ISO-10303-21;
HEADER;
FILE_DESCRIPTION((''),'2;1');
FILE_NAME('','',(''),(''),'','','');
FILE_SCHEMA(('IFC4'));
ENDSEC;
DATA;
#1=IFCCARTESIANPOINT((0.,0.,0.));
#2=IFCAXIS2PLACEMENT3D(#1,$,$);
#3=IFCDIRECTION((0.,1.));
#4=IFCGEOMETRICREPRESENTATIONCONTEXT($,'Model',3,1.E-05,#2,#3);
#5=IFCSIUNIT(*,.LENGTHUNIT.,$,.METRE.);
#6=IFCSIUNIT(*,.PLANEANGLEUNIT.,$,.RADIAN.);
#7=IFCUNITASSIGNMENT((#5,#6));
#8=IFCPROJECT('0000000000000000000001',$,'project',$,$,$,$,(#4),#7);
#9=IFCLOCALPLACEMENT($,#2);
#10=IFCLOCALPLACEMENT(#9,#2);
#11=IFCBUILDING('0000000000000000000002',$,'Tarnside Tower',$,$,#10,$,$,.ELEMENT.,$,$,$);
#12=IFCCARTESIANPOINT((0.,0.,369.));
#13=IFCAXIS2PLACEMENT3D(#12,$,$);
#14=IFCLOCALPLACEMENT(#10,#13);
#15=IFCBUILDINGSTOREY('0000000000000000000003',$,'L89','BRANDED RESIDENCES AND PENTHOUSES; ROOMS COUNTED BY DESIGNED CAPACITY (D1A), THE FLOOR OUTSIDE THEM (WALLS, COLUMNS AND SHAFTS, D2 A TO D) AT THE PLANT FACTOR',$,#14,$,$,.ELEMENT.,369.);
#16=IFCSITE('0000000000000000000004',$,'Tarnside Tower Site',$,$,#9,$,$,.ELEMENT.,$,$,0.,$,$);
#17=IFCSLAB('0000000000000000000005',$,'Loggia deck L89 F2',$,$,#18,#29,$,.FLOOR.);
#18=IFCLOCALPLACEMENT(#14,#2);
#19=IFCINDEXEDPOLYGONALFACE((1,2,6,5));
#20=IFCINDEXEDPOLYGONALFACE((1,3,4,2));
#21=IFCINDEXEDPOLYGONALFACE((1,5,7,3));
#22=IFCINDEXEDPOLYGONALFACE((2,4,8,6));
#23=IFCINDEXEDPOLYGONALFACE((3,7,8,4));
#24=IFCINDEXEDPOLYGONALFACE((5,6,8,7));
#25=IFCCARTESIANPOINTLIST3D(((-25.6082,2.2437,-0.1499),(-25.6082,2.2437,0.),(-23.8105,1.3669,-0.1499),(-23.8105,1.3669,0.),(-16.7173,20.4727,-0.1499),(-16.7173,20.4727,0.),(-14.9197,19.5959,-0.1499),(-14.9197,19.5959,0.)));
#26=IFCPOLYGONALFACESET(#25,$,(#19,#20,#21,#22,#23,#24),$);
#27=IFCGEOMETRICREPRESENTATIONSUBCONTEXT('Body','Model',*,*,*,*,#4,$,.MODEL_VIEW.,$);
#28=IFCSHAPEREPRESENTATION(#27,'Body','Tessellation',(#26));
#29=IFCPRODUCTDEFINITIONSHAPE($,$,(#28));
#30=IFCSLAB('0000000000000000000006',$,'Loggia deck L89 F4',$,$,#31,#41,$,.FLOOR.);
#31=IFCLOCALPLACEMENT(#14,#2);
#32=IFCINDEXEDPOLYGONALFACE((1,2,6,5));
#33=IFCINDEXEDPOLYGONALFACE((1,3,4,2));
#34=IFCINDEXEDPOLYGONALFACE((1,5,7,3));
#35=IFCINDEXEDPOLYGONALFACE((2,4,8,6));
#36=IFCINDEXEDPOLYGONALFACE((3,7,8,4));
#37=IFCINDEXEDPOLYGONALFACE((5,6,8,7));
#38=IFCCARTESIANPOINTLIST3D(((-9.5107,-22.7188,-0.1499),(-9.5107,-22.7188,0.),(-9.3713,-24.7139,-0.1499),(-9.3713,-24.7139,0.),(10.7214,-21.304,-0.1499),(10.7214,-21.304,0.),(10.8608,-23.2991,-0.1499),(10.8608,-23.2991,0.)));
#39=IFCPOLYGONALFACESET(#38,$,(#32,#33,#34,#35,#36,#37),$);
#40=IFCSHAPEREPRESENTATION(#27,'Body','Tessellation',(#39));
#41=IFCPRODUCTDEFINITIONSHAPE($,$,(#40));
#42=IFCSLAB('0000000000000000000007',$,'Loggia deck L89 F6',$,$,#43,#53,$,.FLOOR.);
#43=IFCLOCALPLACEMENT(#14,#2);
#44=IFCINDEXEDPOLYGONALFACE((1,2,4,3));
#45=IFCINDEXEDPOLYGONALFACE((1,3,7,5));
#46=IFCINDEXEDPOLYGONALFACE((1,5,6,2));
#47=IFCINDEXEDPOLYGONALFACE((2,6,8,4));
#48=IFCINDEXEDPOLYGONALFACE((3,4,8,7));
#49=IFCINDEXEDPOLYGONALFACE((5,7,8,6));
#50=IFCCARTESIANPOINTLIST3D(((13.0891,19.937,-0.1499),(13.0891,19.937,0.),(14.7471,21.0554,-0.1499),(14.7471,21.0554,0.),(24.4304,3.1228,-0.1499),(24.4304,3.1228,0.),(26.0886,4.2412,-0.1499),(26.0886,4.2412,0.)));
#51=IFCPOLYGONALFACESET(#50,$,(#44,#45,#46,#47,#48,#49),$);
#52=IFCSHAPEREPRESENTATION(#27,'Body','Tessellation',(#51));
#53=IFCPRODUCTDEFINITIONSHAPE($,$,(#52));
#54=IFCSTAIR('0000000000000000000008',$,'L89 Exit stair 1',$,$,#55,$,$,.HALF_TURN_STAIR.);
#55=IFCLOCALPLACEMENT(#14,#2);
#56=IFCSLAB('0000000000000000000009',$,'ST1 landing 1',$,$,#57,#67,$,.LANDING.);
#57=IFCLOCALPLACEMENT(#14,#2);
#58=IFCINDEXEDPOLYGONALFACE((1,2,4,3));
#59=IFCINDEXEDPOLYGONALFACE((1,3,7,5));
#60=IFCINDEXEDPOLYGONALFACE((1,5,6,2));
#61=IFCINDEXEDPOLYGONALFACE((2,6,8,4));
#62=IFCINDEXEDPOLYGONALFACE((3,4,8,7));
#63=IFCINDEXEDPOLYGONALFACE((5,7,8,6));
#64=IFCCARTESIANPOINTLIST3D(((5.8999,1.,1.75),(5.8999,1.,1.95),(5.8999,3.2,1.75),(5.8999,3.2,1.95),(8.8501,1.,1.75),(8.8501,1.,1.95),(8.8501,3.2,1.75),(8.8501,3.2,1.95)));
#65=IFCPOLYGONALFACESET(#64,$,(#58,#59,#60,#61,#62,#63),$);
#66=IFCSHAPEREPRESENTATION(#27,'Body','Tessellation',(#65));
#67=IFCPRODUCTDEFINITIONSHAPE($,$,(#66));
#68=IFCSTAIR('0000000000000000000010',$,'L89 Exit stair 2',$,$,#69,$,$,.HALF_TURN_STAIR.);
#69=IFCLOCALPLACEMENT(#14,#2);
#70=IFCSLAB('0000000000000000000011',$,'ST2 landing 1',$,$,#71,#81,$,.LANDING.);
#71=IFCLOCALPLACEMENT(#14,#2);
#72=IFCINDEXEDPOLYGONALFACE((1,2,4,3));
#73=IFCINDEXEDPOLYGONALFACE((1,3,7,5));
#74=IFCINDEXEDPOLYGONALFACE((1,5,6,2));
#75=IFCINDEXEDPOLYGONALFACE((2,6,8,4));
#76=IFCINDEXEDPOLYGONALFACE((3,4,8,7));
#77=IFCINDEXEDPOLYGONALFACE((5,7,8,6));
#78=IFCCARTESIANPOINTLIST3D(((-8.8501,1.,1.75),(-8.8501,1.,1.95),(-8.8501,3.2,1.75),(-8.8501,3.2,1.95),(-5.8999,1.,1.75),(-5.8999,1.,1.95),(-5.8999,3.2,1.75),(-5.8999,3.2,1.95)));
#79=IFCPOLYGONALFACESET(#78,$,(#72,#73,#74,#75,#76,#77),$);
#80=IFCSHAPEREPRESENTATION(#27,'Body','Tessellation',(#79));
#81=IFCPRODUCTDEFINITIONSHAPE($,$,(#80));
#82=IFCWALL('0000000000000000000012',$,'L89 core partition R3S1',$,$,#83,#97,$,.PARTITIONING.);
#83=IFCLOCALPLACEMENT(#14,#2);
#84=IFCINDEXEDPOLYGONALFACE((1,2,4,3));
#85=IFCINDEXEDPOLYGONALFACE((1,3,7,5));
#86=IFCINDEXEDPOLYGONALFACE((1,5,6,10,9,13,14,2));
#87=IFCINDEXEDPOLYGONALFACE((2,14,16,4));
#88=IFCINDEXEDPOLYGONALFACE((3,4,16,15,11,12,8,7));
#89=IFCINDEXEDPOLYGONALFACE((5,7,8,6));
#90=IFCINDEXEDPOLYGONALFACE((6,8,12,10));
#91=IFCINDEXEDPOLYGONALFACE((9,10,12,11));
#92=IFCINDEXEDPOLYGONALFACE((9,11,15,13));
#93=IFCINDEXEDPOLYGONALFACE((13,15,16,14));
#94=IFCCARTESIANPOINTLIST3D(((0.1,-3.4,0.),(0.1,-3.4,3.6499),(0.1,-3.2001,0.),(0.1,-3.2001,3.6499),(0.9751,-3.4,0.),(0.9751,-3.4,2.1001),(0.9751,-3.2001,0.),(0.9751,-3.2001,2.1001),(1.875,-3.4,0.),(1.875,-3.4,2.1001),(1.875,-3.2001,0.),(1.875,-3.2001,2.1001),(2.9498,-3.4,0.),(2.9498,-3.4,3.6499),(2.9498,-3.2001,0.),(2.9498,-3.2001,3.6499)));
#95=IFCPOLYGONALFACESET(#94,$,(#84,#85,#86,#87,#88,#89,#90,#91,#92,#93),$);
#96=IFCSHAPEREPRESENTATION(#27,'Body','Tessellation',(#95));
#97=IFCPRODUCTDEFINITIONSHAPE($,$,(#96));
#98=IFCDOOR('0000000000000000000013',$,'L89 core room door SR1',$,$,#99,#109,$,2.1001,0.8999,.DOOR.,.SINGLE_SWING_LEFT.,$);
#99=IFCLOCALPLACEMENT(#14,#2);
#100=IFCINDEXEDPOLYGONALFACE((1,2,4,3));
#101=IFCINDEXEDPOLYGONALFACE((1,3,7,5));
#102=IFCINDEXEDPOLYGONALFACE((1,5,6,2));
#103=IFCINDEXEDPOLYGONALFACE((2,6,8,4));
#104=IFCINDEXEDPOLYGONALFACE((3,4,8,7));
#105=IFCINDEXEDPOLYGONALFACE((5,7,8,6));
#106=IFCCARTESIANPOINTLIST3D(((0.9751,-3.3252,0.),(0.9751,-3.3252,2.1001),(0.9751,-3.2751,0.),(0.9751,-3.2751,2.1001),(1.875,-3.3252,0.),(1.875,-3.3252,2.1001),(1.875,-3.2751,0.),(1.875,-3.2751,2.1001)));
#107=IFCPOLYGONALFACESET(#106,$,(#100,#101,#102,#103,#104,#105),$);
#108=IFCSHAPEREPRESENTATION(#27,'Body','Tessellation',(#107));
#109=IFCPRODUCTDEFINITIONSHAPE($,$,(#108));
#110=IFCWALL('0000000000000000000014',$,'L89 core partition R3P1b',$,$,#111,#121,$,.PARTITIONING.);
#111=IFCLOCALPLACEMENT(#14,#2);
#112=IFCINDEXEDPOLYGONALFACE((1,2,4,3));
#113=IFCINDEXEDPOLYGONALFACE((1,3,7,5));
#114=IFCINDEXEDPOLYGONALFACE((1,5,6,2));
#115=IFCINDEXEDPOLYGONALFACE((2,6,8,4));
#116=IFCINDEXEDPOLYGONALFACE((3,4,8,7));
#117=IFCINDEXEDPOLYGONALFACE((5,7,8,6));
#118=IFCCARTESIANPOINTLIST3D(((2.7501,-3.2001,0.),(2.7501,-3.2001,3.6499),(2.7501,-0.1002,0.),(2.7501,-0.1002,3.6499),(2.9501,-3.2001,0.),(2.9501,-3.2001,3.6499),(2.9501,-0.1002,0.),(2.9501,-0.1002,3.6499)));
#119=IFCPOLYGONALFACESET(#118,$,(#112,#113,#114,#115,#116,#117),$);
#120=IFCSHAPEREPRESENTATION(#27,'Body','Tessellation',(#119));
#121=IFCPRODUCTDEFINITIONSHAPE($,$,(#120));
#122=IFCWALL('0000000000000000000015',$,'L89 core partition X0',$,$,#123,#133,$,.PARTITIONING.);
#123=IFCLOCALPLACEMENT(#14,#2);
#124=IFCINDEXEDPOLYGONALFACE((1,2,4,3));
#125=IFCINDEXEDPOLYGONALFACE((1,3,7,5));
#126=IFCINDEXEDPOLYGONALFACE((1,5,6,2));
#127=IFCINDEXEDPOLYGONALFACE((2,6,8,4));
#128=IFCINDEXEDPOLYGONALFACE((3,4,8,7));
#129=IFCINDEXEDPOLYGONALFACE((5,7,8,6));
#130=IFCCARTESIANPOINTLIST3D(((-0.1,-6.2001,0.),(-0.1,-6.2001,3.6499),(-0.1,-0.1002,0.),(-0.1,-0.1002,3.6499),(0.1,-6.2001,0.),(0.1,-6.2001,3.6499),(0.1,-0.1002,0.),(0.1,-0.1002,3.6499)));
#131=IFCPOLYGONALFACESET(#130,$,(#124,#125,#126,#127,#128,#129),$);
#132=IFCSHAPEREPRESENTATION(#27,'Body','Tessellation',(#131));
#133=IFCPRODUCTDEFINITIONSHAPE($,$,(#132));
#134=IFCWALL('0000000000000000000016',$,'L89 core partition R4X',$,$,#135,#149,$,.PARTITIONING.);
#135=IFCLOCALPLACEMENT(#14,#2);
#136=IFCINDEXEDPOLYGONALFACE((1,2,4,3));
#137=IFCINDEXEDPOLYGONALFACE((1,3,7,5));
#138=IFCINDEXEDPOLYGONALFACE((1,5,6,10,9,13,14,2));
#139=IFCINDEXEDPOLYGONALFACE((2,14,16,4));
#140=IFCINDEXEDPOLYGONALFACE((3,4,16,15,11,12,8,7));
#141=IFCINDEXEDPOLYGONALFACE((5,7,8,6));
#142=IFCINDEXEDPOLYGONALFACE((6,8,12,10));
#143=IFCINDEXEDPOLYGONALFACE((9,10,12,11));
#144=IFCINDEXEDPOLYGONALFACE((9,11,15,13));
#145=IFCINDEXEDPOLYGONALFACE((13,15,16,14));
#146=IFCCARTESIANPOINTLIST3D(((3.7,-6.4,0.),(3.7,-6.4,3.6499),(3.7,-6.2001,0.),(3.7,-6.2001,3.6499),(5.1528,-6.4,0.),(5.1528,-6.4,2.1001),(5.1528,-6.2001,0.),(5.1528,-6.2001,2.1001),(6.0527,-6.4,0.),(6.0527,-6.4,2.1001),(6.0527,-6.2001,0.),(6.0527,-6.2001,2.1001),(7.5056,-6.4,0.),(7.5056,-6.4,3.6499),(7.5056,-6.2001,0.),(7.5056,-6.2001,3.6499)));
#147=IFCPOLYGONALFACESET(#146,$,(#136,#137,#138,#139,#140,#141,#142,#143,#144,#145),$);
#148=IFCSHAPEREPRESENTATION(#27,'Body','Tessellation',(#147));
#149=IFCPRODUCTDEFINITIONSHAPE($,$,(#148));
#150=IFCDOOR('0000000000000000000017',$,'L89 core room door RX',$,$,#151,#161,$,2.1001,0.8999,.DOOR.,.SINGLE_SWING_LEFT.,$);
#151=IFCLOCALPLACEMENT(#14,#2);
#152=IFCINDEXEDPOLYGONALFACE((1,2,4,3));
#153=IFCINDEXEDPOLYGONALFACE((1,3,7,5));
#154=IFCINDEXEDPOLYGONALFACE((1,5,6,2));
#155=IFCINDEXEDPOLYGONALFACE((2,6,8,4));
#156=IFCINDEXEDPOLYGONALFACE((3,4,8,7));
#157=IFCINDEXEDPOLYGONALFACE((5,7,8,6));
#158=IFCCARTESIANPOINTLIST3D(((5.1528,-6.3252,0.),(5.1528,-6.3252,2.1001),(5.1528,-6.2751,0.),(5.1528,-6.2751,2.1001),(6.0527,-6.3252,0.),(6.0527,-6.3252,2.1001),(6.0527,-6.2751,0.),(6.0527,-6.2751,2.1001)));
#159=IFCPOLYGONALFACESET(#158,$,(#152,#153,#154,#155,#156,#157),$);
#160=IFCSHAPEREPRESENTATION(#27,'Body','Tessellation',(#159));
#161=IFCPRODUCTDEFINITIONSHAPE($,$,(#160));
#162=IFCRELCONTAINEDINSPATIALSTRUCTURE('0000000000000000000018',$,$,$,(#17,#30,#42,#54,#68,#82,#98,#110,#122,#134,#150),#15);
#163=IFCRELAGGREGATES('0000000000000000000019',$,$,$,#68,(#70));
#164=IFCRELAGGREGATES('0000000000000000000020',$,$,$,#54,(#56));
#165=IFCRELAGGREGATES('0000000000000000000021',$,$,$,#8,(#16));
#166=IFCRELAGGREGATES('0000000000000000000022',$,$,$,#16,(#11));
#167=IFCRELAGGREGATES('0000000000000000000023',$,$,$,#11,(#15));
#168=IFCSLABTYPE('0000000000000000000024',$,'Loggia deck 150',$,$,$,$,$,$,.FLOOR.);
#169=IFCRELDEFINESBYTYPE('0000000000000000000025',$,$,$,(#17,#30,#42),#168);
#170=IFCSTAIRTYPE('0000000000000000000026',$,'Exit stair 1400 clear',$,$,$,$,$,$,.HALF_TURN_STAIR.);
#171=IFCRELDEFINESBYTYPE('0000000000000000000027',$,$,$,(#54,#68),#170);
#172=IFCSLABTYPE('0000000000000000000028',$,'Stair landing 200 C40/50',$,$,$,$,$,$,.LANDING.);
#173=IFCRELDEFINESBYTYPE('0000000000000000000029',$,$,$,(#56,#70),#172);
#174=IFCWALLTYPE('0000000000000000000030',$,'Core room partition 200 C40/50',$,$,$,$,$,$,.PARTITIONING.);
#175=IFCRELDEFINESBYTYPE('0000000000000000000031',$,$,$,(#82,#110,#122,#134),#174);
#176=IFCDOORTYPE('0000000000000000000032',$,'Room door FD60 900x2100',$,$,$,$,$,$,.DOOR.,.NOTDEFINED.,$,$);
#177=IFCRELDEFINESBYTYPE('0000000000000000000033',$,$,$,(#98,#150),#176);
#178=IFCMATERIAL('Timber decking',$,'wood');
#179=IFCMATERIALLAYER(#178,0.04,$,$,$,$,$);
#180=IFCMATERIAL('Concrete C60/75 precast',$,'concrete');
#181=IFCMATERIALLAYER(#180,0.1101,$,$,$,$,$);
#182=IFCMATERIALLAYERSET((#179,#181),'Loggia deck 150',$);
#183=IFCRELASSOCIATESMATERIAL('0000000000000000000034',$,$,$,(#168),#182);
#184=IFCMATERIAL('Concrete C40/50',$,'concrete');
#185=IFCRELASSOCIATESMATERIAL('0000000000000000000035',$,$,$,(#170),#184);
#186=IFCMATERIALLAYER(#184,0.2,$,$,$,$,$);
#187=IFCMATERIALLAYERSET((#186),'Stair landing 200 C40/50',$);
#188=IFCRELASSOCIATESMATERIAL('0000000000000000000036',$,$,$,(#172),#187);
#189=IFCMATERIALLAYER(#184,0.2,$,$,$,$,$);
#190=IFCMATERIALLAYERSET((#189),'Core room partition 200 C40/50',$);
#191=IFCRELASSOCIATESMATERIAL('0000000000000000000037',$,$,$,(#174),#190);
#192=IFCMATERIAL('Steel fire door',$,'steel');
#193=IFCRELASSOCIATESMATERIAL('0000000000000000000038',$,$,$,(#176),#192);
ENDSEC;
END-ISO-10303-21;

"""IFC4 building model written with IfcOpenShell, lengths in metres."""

from ifc_helpers import new_model, si_unit, direction, frame, frame_2d, origin, place, context, subcontext, project, spatial, polyline, rectangle, outline, extrude, material, layer, layer_set, type_object, element, fill, aggregate, save


model = new_model("IFC4")

# Units and contexts
model_context = context("Model", 3, precision=1e-05, world=origin(), true_north=direction((0.0, 1.0)))
body_context = subcontext(model_context, "Body", "Model", "MODEL_VIEW")
ifc_project = project(units=[si_unit("LENGTHUNIT", "METRE"), si_unit("PLANEANGLEUNIT", "RADIAN")], contexts=[model_context])

# Site, building, storey
site_placement = place(None, origin())
site = spatial("IfcSite", under=ifc_project, at=site_placement, Name="Tarnside Tower Site", CompositionType="ELEMENT", RefElevation=0.0)
building_placement = place(site_placement, origin())
building = spatial("IfcBuilding", under=site, at=building_placement, Name="Tarnside Tower", CompositionType="ELEMENT")
storey_placement = place(building_placement, frame((0.0, 0.0, 369.0)))
storey = spatial("IfcBuildingStorey", under=building, at=storey_placement, Name="L89", Description="BRANDED RESIDENCES AND PENTHOUSES; ROOMS COUNTED BY DESIGNED CAPACITY (D1A), THE FLOOR OUTSIDE THEM (WALLS, COLUMNS AND SHAFTS, D2 A TO D) AT THE PLANT FACTOR", CompositionType="ELEMENT", Elevation=369.0)

# Slabs
ifc_material_1 = material(Name="Timber decking", Category="wood")
ifc_layer_1 = layer(ifc_material_1, 0.04)
ifc_material_2 = material(Name="Concrete C60/75 precast", Category="concrete")
ifc_layer_2 = layer(ifc_material_2, 0.1101)
ifc_layer_set_1 = layer_set([ifc_layer_1, ifc_layer_2], Name="Loggia deck 150")
slab_type_1 = type_object("IfcSlabType", Name="Loggia deck 150", PredefinedType="FLOOR", material=ifc_layer_set_1)
slab_1_placement = place(storey_placement, frame((0.0, 0.0, -0.1499)))
element("IfcSlab", 1, at=slab_1_placement, inside=storey, type_object=slab_type_1, Name="Loggia deck L89 F2", PredefinedType="FLOOR", context=body_context, shape_type="SweptSolid", body=[
    extrude(outline(polyline([(-14.9197, 19.5959), (-23.8105, 1.3669), (-25.6082, 2.2437), (-16.7173, 20.4727), (-14.9197, 19.5959)])), origin(), (0.0, 0.0, 1.0), 0.1499),
])
slab_2_placement = place(storey_placement, frame((0.0, 0.0, -0.1499)))
element("IfcSlab", 2, at=slab_2_placement, inside=storey, type_object=slab_type_1, Name="Loggia deck L89 F4", PredefinedType="FLOOR", context=body_context, shape_type="SweptSolid", body=[
    extrude(outline(polyline([(-9.5107, -22.7188), (10.7214, -21.304), (10.8608, -23.2991), (-9.3713, -24.7139), (-9.5107, -22.7188)])), origin(), (0.0, 0.0, 1.0), 0.1499),
])
slab_3_placement = place(storey_placement, frame((0.0, 0.0, -0.1499)))
element("IfcSlab", 3, at=slab_3_placement, inside=storey, type_object=slab_type_1, Name="Loggia deck L89 F6", PredefinedType="FLOOR", context=body_context, shape_type="SweptSolid", body=[
    extrude(outline(polyline([(24.4304, 3.1228), (13.0891, 19.937), (14.7471, 21.0554), (26.0886, 4.2412), (24.4304, 3.1228)])), origin(), (0.0, 0.0, 1.0), 0.1499),
])

# Stairs, slabs
ifc_material_3 = material(Name="Concrete C40/50", Category="concrete")
stair_type = type_object("IfcStairType", Name="Exit stair 1400 clear", PredefinedType="HALF_TURN_STAIR", material=ifc_material_3)
stair_1_placement = place(storey_placement, origin())
stair_1 = element("IfcStair", 4, at=stair_1_placement, inside=storey, type_object=stair_type, Name="L89 Exit stair 1", PredefinedType="HALF_TURN_STAIR")
ifc_layer_3 = layer(ifc_material_3, 0.2)
ifc_layer_set_2 = layer_set([ifc_layer_3], Name="Stair landing 200 C40/50")
slab_type_2 = type_object("IfcSlabType", Name="Stair landing 200 C40/50", PredefinedType="LANDING", material=ifc_layer_set_2)
slab_4_placement = place(storey_placement, frame((0.0, 0.0, 1.75)))
slab_4 = element("IfcSlab", 5, at=slab_4_placement, type_object=slab_type_2, Name="ST1 landing 1", PredefinedType="LANDING", context=body_context, shape_type="SweptSolid", body=[
    extrude(outline(polyline([(8.8501, 1.0), (8.8501, 3.2), (5.8999, 3.2), (5.8999, 1.0), (8.8501, 1.0)])), origin(), (0.0, 0.0, 1.0), 0.2),
])
stair_2_placement = place(storey_placement, origin())
stair_2 = element("IfcStair", 6, at=stair_2_placement, inside=storey, type_object=stair_type, Name="L89 Exit stair 2", PredefinedType="HALF_TURN_STAIR")
slab_5_placement = place(storey_placement, frame((0.0, 0.0, 1.75)))
slab_5 = element("IfcSlab", 7, at=slab_5_placement, type_object=slab_type_2, Name="ST2 landing 1", PredefinedType="LANDING", context=body_context, shape_type="SweptSolid", body=[
    extrude(outline(polyline([(-5.8999, 1.0), (-5.8999, 3.2), (-8.8501, 3.2), (-8.8501, 1.0), (-5.8999, 1.0)])), origin(), (0.0, 0.0, 1.0), 0.2),
])
aggregate(stair_2, [slab_5])

# Wall, opening, door
ifc_layer_4 = layer(ifc_material_3, 0.2)
ifc_layer_set_3 = layer_set([ifc_layer_4], Name="Core room partition 200 C40/50")
wall_type_1 = type_object("IfcWallType", Name="Core room partition 200 C40/50", PredefinedType="PARTITIONING", material=ifc_layer_set_3)
wall_1_placement = place(storey_placement, frame((0.1001, -3.3, 0.0), z_axis=(0.0, 0.0, 1.0), x_axis=(1.0, 0.0, 0.0)))
wall_1 = element("IfcWall", 8, at=wall_1_placement, inside=storey, type_object=wall_type_1, Name="L89 core partition R3S1", PredefinedType="PARTITIONING", context=body_context, shape_type="SweptSolid", body=[
    extrude(rectangle(XDim=2.8499, YDim=0.2, at=frame_2d((1.4248, 0.0))), origin(), (0.0, 0.0, 1.0), 3.6499),
])
opening_1_placement = place(wall_1_placement, frame((0.875, 0.0, 0.0)))
opening_1 = element("IfcOpeningElement", 9, at=opening_1_placement, cuts=wall_1, PredefinedType="OPENING", context=body_context, shape_type="SweptSolid", body=[
    extrude(rectangle(XDim=0.8999, YDim=2.1001, at=frame_2d((0.45, 1.05))), frame((0.0, 0.1099, 0.0), z_axis=(0.0, -1.0, 0.0), x_axis=(1.0, 0.0, 0.0)), (0.0, 0.0, 1.0), 0.22),
])
ifc_material_4 = material(Name="Steel fire door", Category="steel")
door_type_1 = type_object("IfcDoorType", Name="Room door FD60 900x2100", OperationType="NOTDEFINED", PredefinedType="DOOR", material=ifc_material_4)
door_1_placement = place(opening_1_placement, origin())
door_1 = element("IfcDoor", 10, at=door_1_placement, inside=storey, type_object=door_type_1, Name="L89 core room door SR1", OperationType="SINGLE_SWING_LEFT", OverallHeight=2.1001, OverallWidth=0.8999, PredefinedType="DOOR", context=body_context, shape_type="SweptSolid", body=[
    extrude(rectangle(XDim=0.8999, YDim=2.1001, at=frame_2d((0.45, 1.05))), frame((0.0, 0.0249, 0.0), z_axis=(0.0, -1.0, 0.0), x_axis=(1.0, 0.0, 0.0)), (0.0, 0.0, 1.0), 0.05),
])
fill(opening_1, door_1)

# Walls
wall_2_placement = place(storey_placement, frame((2.8501, -3.2, 0.0), z_axis=(0.0, 0.0, 1.0), x_axis=(0.0, 1.0, 0.0)))
element("IfcWall", 11, at=wall_2_placement, inside=storey, type_object=wall_type_1, Name="L89 core partition R3P1b", PredefinedType="PARTITIONING", context=body_context, shape_type="SweptSolid", body=[
    extrude(rectangle(XDim=3.0999, YDim=0.2, at=frame_2d((1.5498, 0.0))), origin(), (0.0, 0.0, 1.0), 3.6499),
])
wall_3_placement = place(storey_placement, frame((0.0, -6.2, 0.0), z_axis=(0.0, 0.0, 1.0), x_axis=(0.0, 1.0, 0.0)))
element("IfcWall", 12, at=wall_3_placement, inside=storey, type_object=wall_type_1, Name="L89 core partition X0", PredefinedType="PARTITIONING", context=body_context, shape_type="SweptSolid", body=[
    extrude(rectangle(XDim=6.0999, YDim=0.2, at=frame_2d((3.0498, 0.0))), origin(), (0.0, 0.0, 1.0), 3.6499),
])

# Wall, opening, door
wall_4_placement = place(storey_placement, frame((3.7, -6.3, 0.0), z_axis=(0.0, 0.0, 1.0), x_axis=(1.0, 0.0, 0.0)))
wall_4 = element("IfcWall", 13, at=wall_4_placement, inside=storey, type_object=wall_type_1, Name="L89 core partition R4X", PredefinedType="PARTITIONING", context=body_context, shape_type="SweptSolid", body=[
    extrude(rectangle(XDim=3.8057, YDim=0.2, at=frame_2d((1.9028, 0.0))), origin(), (0.0, 0.0, 1.0), 3.6499),
])
opening_2_placement = place(wall_4_placement, frame((1.4529, 0.0, 0.0)))
opening_2 = element("IfcOpeningElement", 14, at=opening_2_placement, cuts=wall_4, PredefinedType="OPENING", context=body_context, shape_type="SweptSolid", body=[
    extrude(rectangle(XDim=0.8999, YDim=2.1001, at=frame_2d((0.45, 1.05))), frame((0.0, 0.1099, 0.0), z_axis=(0.0, -1.0, 0.0), x_axis=(1.0, 0.0, 0.0)), (0.0, 0.0, 1.0), 0.22),
])
door_2_placement = place(opening_2_placement, origin())
door_2 = element("IfcDoor", 15, at=door_2_placement, inside=storey, type_object=door_type_1, Name="L89 core room door RX", OperationType="SINGLE_SWING_LEFT", OverallHeight=2.1001, OverallWidth=0.8999, PredefinedType="DOOR", context=body_context, shape_type="SweptSolid", body=[
    extrude(rectangle(XDim=0.8999, YDim=2.1001, at=frame_2d((0.45, 1.05))), frame((0.0, 0.0249, 0.0), z_axis=(0.0, -1.0, 0.0), x_axis=(1.0, 0.0, 0.0)), (0.0, 0.0, 1.0), 0.05),
])
fill(opening_2, door_2)

aggregate(stair_1, [slab_4])

save(model, "model.ifc")
